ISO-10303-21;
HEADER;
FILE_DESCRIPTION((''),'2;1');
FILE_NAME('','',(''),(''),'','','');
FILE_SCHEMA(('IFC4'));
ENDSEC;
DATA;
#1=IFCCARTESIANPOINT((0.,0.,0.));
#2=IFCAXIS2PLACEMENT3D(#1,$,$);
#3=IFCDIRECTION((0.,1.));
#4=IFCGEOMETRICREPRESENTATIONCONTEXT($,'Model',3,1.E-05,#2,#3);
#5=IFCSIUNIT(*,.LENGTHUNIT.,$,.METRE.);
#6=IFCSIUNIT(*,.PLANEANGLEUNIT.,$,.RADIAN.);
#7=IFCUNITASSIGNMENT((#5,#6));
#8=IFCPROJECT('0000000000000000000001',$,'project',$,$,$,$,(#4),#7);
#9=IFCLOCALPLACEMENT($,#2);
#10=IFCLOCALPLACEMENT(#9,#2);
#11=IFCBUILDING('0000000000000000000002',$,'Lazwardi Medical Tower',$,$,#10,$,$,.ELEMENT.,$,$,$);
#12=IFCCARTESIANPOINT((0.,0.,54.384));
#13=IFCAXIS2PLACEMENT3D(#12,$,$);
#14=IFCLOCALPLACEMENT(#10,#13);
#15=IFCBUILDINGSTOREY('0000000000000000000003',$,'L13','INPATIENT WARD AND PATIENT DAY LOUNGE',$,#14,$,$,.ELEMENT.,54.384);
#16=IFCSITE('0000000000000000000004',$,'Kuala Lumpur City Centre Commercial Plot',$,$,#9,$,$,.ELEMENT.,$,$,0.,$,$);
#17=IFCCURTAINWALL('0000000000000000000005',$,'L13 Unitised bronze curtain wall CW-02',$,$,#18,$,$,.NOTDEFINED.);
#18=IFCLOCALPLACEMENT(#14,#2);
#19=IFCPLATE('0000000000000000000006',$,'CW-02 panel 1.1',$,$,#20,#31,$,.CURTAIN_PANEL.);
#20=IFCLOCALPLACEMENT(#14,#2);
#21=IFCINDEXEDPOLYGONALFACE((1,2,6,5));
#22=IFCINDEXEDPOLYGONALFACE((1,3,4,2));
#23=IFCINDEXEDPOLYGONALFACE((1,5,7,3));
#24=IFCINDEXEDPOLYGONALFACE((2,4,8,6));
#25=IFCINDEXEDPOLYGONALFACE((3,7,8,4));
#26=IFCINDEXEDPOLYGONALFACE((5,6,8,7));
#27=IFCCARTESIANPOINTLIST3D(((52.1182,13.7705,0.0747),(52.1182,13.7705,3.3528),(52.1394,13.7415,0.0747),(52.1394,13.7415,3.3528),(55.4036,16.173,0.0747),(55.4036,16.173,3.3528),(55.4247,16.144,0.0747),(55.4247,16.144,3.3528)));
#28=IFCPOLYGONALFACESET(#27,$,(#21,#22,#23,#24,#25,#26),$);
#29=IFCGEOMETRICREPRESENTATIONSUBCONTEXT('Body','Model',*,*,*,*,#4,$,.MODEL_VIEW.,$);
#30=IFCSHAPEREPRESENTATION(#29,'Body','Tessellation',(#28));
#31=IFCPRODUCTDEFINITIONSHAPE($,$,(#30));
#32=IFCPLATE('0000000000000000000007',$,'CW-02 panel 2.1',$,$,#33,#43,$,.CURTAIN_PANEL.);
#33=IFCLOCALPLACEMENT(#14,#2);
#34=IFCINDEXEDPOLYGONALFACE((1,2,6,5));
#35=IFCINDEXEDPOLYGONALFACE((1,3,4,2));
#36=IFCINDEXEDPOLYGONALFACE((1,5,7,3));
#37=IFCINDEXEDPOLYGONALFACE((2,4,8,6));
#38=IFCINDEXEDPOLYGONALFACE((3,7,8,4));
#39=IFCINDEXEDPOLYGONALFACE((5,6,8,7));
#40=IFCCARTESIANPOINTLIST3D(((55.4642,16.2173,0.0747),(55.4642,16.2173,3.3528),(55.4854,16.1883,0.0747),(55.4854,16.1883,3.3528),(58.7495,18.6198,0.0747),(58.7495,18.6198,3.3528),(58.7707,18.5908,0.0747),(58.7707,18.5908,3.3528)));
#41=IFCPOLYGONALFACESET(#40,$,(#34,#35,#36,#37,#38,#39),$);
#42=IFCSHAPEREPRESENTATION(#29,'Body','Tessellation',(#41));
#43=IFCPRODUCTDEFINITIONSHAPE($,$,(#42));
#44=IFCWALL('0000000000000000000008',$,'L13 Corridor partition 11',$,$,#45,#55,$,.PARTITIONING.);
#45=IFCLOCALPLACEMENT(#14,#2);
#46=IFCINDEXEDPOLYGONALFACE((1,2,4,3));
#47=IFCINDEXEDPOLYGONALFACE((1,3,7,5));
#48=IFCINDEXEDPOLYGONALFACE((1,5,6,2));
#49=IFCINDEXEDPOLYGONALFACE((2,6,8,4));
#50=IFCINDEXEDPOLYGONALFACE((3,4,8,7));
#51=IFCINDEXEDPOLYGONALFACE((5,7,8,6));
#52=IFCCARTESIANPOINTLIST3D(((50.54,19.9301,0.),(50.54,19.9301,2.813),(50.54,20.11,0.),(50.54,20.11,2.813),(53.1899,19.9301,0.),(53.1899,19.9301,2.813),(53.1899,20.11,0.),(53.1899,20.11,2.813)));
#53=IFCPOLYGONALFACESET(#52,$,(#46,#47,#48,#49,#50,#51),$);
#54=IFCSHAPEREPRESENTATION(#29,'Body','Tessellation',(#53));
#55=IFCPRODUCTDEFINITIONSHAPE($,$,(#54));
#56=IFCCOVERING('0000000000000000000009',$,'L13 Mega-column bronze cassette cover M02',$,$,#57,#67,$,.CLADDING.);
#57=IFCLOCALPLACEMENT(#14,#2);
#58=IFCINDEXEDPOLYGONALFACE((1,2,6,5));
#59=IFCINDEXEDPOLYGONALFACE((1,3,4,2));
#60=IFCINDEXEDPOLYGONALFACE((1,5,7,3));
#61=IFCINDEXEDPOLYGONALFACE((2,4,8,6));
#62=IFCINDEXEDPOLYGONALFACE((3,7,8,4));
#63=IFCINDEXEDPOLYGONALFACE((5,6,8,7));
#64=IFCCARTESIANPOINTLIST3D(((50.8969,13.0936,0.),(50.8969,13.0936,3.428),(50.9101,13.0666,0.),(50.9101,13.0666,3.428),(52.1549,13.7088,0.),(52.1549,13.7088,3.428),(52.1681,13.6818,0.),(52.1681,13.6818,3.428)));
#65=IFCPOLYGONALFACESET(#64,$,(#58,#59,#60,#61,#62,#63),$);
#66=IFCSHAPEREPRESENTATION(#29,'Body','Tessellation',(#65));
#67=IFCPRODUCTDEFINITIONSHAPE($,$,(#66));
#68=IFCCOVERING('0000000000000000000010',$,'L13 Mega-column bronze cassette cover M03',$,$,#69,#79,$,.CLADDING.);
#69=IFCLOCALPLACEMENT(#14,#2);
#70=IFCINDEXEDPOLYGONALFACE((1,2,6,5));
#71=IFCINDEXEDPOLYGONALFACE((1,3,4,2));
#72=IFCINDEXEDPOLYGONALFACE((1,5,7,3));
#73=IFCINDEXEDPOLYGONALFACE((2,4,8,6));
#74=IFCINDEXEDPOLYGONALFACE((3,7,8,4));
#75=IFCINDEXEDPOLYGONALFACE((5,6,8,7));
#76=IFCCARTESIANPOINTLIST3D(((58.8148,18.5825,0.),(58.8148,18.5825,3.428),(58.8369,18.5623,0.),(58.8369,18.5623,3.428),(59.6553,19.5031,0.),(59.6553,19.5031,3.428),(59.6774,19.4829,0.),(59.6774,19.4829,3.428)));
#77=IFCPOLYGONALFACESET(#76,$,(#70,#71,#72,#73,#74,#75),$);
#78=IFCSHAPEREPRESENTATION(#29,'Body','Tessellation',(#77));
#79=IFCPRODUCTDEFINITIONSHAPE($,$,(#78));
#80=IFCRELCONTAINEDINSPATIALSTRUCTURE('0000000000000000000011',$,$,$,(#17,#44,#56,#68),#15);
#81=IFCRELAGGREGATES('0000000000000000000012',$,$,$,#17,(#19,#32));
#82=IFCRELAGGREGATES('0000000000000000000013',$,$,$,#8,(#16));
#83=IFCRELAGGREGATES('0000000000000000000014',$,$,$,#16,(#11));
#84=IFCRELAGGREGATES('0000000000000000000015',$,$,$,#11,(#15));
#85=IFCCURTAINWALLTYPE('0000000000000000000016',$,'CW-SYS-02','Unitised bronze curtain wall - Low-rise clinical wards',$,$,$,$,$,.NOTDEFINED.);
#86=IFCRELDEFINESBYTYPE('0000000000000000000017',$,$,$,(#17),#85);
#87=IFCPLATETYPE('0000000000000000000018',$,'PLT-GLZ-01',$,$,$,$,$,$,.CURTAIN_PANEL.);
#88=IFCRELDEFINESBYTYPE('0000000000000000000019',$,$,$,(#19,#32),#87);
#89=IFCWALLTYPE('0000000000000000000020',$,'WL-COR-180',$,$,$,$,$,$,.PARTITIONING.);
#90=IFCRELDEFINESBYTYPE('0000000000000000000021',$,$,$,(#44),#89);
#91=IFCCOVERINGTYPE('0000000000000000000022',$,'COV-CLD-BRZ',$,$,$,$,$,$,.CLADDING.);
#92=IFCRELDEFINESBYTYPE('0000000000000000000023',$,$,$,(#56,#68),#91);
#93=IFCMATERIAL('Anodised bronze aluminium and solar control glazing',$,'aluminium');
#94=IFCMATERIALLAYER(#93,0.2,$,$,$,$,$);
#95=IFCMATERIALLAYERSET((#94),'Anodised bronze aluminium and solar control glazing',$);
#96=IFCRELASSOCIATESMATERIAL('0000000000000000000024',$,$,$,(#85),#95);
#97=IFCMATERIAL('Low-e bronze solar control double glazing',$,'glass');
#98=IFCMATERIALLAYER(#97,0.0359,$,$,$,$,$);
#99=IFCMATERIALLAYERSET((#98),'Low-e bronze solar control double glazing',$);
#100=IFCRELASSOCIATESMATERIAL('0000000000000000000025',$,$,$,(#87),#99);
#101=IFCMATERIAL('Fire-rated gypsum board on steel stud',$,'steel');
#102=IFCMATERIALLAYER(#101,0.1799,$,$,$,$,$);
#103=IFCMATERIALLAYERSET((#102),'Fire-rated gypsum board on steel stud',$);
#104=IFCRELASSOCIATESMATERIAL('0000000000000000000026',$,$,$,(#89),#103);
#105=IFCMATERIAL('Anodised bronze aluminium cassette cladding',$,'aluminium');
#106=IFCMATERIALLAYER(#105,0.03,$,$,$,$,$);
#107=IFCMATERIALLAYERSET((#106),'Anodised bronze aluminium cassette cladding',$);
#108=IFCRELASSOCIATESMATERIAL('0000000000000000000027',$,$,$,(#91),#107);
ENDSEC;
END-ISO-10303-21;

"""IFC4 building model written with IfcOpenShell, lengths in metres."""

from ifc_helpers import new_model, si_unit, direction, frame, frame_2d, origin, origin_2d, place, context, subcontext, project, spatial, rectangle, extrude, material, layer, layer_set, type_object, element, aggregate, save


model = new_model("IFC4")

# Units and contexts
model_context = context("Model", 3, precision=1e-05, world=origin(), true_north=direction((0.0, 1.0)))
body_context = subcontext(model_context, "Body", "Model", "MODEL_VIEW")
ifc_project = project(units=[si_unit("LENGTHUNIT", "METRE"), si_unit("PLANEANGLEUNIT", "RADIAN")], contexts=[model_context])

# Site, building, storey
site_placement = place(None, origin())
site = spatial("IfcSite", under=ifc_project, at=site_placement, Name="Kuala Lumpur City Centre Commercial Plot", CompositionType="ELEMENT", RefElevation=0.0)
building_placement = place(site_placement, origin())
building = spatial("IfcBuilding", under=site, at=building_placement, Name="Lazwardi Medical Tower", CompositionType="ELEMENT")
storey_placement = place(building_placement, frame((0.0, 0.0, 54.384)))
storey = spatial("IfcBuildingStorey", under=building, at=storey_placement, Name="L13", Description="INPATIENT WARD AND PATIENT DAY LOUNGE", CompositionType="ELEMENT", Elevation=54.384)

# Shared definitions
ifc_material_1 = material(Name="Anodised bronze aluminium and solar control glazing", Category="aluminium")
ifc_layer_1 = layer(ifc_material_1, 0.2)
ifc_layer_set_1 = layer_set([ifc_layer_1], Name="Anodised bronze aluminium and solar control glazing")
curtain_wall_type = type_object("IfcCurtainWallType", Name="CW-SYS-02", Description="Unitised bronze curtain wall - Low-rise clinical wards", PredefinedType="NOTDEFINED", material=ifc_layer_set_1)

# Curtain wall
curtain_wall_1_placement = place(storey_placement, origin())
curtain_wall_1 = element("IfcCurtainWall", 1, at=curtain_wall_1_placement, inside=storey, type_object=curtain_wall_type, Name="L13 Unitised bronze curtain wall CW-02", PredefinedType="NOTDEFINED")

# Plates
ifc_material_2 = material(Name="Low-e bronze solar control double glazing", Category="glass")
ifc_layer_2 = layer(ifc_material_2, 0.0359)
ifc_layer_set_2 = layer_set([ifc_layer_2], Name="Low-e bronze solar control double glazing")
plate_type = type_object("IfcPlateType", Name="PLT-GLZ-01", PredefinedType="CURTAIN_PANEL", material=ifc_layer_set_2)
plate_1_placement = place(storey_placement, frame((53.7715, 14.9573, 0.0747), z_axis=(0.0, 0.0, 1.0), x_axis=(0.807192, 0.590289, 0.0)))
plate_1 = element("IfcPlate", 2, at=plate_1_placement, type_object=plate_type, Name="CW-02 panel 1.1", PredefinedType="CURTAIN_PANEL", context=body_context, shape_type="SweptSolid", body=[
    extrude(rectangle(XDim=4.0701, YDim=0.0359, at=origin_2d()), origin(), (0.0, 0.0, 1.0), 3.2781),
])
plate_2_placement = place(storey_placement, frame((57.1174, 17.4041, 0.0747), z_axis=(0.0, 0.0, 1.0), x_axis=(0.807192, 0.590289, 0.0)))
plate_2 = element("IfcPlate", 3, at=plate_2_placement, type_object=plate_type, Name="CW-02 panel 2.1", PredefinedType="CURTAIN_PANEL", context=body_context, shape_type="SweptSolid", body=[
    extrude(rectangle(XDim=4.0701, YDim=0.0359, at=origin_2d()), origin(), (0.0, 0.0, 1.0), 3.2781),
])
aggregate(curtain_wall_1, [plate_1, plate_2])

# Wall
ifc_material_3 = material(Name="Fire-rated gypsum board on steel stud", Category="steel")
ifc_layer_3 = layer(ifc_material_3, 0.1799)
ifc_layer_set_3 = layer_set([ifc_layer_3], Name="Fire-rated gypsum board on steel stud")
wall_type = type_object("IfcWallType", Name="WL-COR-180", PredefinedType="PARTITIONING", material=ifc_layer_set_3)
wall_placement = place(storey_placement, frame((53.1899, 20.02, 0.0), z_axis=(0.0, 0.0, 1.0), x_axis=(-1.0, 0.0, 0.0)))
element("IfcWall", 4, at=wall_placement, inside=storey, type_object=wall_type, Name="L13 Corridor partition 11", PredefinedType="PARTITIONING", context=body_context, shape_type="SweptSolid", body=[
    extrude(rectangle(XDim=2.6499, YDim=0.1799, at=frame_2d((1.325, 0.0))), origin(), (0.0, 0.0, 1.0), 2.813),
])

# Coverings
ifc_material_4 = material(Name="Anodised bronze aluminium cassette cladding", Category="aluminium")
ifc_layer_4 = layer(ifc_material_4, 0.03)
ifc_layer_set_4 = layer_set([ifc_layer_4], Name="Anodised bronze aluminium cassette cladding")
covering_type = type_object("IfcCoveringType", Name="COV-CLD-BRZ", PredefinedType="CLADDING", material=ifc_layer_set_4)
covering_1_placement = place(storey_placement, frame((51.5325, 13.3877, 0.0), z_axis=(0.0, 0.0, 1.0), x_axis=(0.898334, 0.439312, 0.0)))
element("IfcCovering", 5, at=covering_1_placement, inside=storey, type_object=covering_type, Name="L13 Mega-column bronze cassette cover M02", PredefinedType="CLADDING", context=body_context, shape_type="SweptSolid", body=[
    extrude(rectangle(XDim=1.4004, YDim=0.03, at=origin_2d()), origin(), (0.0, 0.0, 1.0), 3.428),
])
covering_2_placement = place(storey_placement, frame((59.2461, 19.0327, 0.0), z_axis=(0.0, 0.0, 1.0), x_axis=(0.674252, 0.738501, 0.0)))
element("IfcCovering", 6, at=covering_2_placement, inside=storey, type_object=covering_type, Name="L13 Mega-column bronze cassette cover M03", PredefinedType="CLADDING", context=body_context, shape_type="SweptSolid", body=[
    extrude(rectangle(XDim=1.2466, YDim=0.03, at=origin_2d()), origin(), (0.0, 0.0, 1.0), 3.428),
])

save(model, "model.ifc")
